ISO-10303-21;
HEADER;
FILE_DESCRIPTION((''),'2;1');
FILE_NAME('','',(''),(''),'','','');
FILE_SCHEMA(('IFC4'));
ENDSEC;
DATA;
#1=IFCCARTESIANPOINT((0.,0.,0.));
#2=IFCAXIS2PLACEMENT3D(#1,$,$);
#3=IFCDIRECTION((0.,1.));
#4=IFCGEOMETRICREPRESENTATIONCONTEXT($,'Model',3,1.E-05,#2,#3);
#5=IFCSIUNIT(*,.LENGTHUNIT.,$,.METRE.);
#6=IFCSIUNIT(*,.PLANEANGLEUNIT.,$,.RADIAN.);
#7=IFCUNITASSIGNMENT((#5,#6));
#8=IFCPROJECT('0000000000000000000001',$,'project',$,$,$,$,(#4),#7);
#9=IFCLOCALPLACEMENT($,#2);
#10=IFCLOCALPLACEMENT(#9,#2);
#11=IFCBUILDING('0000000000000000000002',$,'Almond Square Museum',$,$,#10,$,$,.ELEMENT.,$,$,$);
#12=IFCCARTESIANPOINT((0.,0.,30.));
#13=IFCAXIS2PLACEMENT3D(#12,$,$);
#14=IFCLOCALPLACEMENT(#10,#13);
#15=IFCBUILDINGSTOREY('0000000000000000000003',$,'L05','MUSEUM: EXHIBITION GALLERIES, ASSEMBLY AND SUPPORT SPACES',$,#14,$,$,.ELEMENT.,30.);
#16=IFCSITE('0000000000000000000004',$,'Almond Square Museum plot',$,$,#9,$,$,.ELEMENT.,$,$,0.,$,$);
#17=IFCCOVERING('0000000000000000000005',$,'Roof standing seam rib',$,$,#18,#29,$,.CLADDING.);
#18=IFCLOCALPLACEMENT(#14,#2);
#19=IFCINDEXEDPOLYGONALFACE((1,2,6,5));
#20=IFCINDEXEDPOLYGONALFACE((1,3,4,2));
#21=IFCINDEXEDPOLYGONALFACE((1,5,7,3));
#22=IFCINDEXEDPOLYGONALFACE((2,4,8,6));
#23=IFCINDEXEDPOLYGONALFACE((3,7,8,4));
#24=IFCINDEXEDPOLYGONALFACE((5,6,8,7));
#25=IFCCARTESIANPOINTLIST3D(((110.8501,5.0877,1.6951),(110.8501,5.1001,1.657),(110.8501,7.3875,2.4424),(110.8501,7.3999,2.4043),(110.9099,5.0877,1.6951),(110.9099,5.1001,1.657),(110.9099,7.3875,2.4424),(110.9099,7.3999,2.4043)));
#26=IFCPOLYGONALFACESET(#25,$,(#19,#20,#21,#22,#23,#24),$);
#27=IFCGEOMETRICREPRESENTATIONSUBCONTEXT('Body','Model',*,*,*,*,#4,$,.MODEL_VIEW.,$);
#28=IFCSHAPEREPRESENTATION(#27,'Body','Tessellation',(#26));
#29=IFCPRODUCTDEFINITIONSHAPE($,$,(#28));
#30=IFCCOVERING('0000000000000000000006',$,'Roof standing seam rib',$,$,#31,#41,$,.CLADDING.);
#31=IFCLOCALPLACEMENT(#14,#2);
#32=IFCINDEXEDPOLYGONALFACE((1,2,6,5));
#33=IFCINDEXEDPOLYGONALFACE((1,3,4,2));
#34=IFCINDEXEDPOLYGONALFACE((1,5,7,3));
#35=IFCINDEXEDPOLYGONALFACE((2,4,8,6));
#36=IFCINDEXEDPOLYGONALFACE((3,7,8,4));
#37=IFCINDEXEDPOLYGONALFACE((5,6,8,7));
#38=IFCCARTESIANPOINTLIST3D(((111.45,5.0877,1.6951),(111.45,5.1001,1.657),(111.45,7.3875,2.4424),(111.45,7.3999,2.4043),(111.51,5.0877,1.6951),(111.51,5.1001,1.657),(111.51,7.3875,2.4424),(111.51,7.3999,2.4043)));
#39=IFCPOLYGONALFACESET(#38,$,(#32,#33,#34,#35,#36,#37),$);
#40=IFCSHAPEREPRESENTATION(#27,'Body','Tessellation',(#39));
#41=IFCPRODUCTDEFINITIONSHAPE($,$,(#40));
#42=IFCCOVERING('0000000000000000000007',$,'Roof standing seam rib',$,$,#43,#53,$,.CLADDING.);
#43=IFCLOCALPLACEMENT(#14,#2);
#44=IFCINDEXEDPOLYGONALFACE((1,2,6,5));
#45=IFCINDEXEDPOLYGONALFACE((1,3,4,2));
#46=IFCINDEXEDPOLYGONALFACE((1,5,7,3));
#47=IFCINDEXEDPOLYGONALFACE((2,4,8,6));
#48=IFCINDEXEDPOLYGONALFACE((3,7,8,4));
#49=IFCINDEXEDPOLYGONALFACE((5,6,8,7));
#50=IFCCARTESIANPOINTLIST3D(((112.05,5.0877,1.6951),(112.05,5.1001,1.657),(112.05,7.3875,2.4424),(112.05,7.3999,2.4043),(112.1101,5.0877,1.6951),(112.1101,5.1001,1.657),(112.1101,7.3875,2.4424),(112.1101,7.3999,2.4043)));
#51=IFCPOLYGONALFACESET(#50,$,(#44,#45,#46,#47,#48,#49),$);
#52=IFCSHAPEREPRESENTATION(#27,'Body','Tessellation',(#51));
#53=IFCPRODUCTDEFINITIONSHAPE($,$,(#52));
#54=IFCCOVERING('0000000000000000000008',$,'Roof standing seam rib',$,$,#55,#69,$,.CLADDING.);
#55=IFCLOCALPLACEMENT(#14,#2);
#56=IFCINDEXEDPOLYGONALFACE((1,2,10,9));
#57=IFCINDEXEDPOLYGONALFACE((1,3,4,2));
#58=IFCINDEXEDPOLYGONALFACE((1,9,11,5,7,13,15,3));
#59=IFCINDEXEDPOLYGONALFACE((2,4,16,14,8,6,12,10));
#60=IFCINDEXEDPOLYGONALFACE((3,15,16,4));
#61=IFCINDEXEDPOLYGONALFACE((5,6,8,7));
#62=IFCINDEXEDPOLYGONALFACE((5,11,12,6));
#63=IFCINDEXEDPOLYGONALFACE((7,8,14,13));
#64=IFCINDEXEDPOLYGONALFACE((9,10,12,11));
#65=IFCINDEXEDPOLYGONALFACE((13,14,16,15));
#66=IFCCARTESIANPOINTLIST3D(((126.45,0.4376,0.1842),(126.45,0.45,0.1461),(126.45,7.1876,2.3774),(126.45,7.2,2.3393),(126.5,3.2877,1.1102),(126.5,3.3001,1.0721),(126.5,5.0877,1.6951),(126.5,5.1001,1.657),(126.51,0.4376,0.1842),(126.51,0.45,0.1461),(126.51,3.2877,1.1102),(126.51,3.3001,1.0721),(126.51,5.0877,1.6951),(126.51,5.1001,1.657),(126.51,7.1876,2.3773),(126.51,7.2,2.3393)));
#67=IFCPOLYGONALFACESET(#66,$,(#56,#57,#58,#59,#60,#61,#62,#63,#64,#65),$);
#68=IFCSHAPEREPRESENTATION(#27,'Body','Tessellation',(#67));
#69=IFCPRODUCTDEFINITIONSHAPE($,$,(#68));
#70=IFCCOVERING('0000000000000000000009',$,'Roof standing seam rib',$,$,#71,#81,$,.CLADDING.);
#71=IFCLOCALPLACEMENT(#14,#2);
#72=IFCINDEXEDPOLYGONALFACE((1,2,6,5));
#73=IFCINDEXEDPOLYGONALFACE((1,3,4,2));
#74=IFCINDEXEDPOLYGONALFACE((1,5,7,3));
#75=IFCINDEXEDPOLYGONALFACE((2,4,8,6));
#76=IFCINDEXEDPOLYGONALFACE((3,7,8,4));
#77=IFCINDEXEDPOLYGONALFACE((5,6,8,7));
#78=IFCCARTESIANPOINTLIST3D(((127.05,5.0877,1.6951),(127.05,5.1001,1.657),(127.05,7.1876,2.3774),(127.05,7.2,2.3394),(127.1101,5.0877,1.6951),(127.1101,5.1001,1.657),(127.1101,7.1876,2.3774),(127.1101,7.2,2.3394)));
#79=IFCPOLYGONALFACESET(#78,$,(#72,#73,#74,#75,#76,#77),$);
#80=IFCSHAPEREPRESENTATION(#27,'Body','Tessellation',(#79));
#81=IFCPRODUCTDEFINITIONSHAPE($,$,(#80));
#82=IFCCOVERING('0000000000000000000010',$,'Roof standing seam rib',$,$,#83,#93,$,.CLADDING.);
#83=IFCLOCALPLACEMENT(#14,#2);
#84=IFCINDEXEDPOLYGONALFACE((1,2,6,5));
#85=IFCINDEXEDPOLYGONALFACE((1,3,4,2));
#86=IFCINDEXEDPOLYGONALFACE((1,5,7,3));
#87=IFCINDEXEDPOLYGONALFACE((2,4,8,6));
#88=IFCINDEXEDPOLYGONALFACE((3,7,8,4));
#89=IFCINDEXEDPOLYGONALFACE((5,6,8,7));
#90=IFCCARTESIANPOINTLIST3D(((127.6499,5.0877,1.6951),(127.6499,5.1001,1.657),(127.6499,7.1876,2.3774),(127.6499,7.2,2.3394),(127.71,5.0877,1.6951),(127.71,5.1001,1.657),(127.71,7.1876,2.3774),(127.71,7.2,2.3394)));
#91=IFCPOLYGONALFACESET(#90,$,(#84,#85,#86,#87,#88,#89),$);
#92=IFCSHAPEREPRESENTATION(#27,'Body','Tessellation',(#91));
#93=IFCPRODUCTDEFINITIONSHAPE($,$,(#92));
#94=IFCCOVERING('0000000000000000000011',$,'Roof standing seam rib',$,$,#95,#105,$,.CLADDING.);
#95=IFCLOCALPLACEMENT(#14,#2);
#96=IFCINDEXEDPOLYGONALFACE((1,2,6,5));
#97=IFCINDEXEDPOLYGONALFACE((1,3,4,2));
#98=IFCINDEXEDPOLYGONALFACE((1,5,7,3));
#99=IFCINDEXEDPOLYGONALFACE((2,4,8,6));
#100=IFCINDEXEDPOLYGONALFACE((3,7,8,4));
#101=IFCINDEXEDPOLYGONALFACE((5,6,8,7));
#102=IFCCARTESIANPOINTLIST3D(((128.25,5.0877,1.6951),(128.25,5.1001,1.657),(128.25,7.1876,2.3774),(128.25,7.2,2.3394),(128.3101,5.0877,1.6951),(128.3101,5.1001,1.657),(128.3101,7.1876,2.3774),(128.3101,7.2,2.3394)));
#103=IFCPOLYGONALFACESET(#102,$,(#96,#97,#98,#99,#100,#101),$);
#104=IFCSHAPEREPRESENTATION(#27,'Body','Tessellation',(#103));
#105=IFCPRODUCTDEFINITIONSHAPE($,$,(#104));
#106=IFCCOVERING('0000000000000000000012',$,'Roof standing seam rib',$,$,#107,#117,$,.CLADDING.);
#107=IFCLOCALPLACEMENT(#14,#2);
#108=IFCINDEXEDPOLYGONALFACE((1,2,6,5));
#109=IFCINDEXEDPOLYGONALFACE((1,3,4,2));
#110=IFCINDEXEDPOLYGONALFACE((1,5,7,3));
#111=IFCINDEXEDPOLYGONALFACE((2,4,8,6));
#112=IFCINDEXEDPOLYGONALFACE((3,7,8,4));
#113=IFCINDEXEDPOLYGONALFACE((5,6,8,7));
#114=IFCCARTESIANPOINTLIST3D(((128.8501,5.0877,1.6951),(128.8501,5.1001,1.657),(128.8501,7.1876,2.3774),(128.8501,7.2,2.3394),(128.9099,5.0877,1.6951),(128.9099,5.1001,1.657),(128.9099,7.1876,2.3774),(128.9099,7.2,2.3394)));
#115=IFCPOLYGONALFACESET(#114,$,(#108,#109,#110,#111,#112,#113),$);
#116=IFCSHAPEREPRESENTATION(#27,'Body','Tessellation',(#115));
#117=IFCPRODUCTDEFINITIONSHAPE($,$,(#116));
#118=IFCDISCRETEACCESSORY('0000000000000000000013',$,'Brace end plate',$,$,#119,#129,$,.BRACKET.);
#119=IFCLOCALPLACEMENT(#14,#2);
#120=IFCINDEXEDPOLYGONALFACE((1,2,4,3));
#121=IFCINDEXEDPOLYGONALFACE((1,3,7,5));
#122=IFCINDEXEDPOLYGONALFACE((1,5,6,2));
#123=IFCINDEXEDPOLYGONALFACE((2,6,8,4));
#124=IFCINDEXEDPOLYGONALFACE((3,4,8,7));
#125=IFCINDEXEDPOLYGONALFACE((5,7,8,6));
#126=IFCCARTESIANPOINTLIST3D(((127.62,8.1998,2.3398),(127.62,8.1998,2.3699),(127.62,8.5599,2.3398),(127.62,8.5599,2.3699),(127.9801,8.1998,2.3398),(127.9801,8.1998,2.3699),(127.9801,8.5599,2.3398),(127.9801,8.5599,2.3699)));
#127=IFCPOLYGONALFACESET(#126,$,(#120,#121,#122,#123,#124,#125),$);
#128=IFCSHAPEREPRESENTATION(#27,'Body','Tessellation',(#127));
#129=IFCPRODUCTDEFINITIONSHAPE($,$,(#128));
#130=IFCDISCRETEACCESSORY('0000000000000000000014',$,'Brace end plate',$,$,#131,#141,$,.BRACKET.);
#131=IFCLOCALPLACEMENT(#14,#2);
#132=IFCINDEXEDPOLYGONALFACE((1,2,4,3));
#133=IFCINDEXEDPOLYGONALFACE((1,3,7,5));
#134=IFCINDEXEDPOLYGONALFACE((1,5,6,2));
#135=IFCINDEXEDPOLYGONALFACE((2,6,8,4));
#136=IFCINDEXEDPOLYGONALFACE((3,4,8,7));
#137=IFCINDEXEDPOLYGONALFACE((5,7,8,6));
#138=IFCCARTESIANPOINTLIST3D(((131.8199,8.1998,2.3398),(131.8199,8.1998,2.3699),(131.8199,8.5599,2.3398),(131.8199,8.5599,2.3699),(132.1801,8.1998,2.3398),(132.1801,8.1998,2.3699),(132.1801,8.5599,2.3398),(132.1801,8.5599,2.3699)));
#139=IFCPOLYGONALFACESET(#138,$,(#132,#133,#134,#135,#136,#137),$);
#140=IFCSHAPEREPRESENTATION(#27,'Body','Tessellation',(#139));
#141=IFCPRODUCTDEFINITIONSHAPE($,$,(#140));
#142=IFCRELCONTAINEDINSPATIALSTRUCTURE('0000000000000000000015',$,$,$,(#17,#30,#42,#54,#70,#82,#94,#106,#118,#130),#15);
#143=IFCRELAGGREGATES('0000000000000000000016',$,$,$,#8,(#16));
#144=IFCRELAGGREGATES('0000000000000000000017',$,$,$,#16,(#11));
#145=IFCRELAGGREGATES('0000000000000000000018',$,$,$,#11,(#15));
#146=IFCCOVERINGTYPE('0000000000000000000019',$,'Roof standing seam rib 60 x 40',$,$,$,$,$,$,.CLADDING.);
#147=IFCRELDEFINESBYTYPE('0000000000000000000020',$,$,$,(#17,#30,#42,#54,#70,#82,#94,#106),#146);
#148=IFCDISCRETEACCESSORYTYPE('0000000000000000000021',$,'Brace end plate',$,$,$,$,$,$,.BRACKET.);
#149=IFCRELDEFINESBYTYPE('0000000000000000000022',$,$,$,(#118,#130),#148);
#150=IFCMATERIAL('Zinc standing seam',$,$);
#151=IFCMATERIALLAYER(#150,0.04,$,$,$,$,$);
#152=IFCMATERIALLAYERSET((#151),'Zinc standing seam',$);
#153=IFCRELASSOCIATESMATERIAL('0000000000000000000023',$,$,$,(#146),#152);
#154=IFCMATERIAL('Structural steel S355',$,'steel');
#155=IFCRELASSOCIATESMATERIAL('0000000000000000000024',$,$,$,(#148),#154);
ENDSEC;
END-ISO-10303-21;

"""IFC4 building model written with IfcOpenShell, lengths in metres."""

from ifc_helpers import new_model, si_unit, direction, frame, origin, origin_2d, place, context, subcontext, project, spatial, polyline, rectangle, outline, extrude, material, layer, layer_set, type_object, element, save


model = new_model("IFC4")

# Units and contexts
model_context = context("Model", 3, precision=1e-05, world=origin(), true_north=direction((0.0, 1.0)))
body_context = subcontext(model_context, "Body", "Model", "MODEL_VIEW")
ifc_project = project(units=[si_unit("LENGTHUNIT", "METRE"), si_unit("PLANEANGLEUNIT", "RADIAN")], contexts=[model_context])

# Site, building, storey
site_placement = place(None, origin())
site = spatial("IfcSite", under=ifc_project, at=site_placement, Name="Almond Square Museum plot", CompositionType="ELEMENT", RefElevation=0.0)
building_placement = place(site_placement, origin())
building = spatial("IfcBuilding", under=site, at=building_placement, Name="Almond Square Museum", CompositionType="ELEMENT")
storey_placement = place(building_placement, frame((0.0, 0.0, 30.0)))
storey = spatial("IfcBuildingStorey", under=building, at=storey_placement, Name="L05", Description="MUSEUM: EXHIBITION GALLERIES, ASSEMBLY AND SUPPORT SPACES", CompositionType="ELEMENT", Elevation=30.0)

# Coverings
ifc_material_1 = material(Name="Zinc standing seam")
ifc_layer_1 = layer(ifc_material_1, 0.04)
ifc_layer_set_1 = layer_set([ifc_layer_1], Name="Zinc standing seam")
covering_type_1 = type_object("IfcCoveringType", Name="Roof standing seam rib 60 x 40", PredefinedType="CLADDING", material=ifc_layer_set_1)
covering_1_placement = place(storey_placement, frame((110.8501, 5.1001, 1.657), z_axis=(0.0, -0.30904, 0.951049), x_axis=(1.0, 0.0, 0.0)))
element("IfcCovering", 1, at=covering_1_placement, inside=storey, type_object=covering_type_1, Name="Roof standing seam rib", PredefinedType="CLADDING", context=body_context, shape_type="SweptSolid", body=[
    extrude(outline(polyline([(0.0, 0.0), (0.0598, 0.0), (0.0598, 2.4182), (0.0, 2.4182), (0.0, 0.0)])), origin(), (0.0, 0.0, 1.0), 0.04),
])
for number, where, z_axis, x_axis, name in (
    (2, (111.45, 5.1001, 1.657), (0.0, -0.30904, 0.951049), (1.0, 0.0, 0.0), "Roof standing seam rib"),
    (3, (112.05, 5.1001, 1.657), (0.0, -0.30904, 0.951049), (1.0, 0.0, 0.0), "Roof standing seam rib"),
):
    element("IfcCovering", number, at=place(storey_placement, frame(where, z_axis=z_axis, x_axis=x_axis)), inside=storey, type_object=covering_type_1, Name=name, PredefinedType="CLADDING", context=body_context, shape_type="SweptSolid", body=[
        extrude(outline(polyline([(0.0, 0.0), (0.0601, 0.0), (0.0601, 2.4182), (0.0, 2.4182), (0.0, 0.0)])), origin(), (0.0, 0.0, 1.0), 0.04),
    ])
covering_2_placement = place(storey_placement, frame((126.5, 5.1001, 1.657), z_axis=(0.000499, -0.309008, 0.951059), x_axis=(1.0, 0.000154, -0.000474)))
element("IfcCovering", 4, at=covering_2_placement, inside=storey, type_object=covering_type_1, Name="Roof standing seam rib", PredefinedType="CLADDING", context=body_context, shape_type="SweptSolid", body=[
    extrude(outline(polyline([(0.0, 0.0), (0.01, 0.0), (0.01, 2.2079), (-0.05, 2.2079), (-0.05, -4.8894), (0.01, -4.8894), (0.01, -1.8926), (0.0, -1.8926), (0.0, 0.0)])), origin(), (0.0, 0.0, 1.0), 0.04),
])
for number, where, z_axis, x_axis, name in (
    (5, (127.05, 5.1001, 1.657), (0.0, -0.309054, 0.951045), (1.0, 0.0, 0.0), "Roof standing seam rib"),
    (6, (127.6499, 5.1001, 1.657), (0.0, -0.309054, 0.951045), (1.0, 0.0, 0.0), "Roof standing seam rib"),
    (7, (128.25, 5.1001, 1.657), (0.0, -0.309054, 0.951045), (1.0, 0.0, 0.0), "Roof standing seam rib"),
):
    element("IfcCovering", number, at=place(storey_placement, frame(where, z_axis=z_axis, x_axis=x_axis)), inside=storey, type_object=covering_type_1, Name=name, PredefinedType="CLADDING", context=body_context, shape_type="SweptSolid", body=[
        extrude(outline(polyline([(0.0, 0.0), (0.0601, 0.0), (0.0601, 2.2079), (0.0, 2.2079), (0.0, 0.0)])), origin(), (0.0, 0.0, 1.0), 0.04),
    ])
covering_3_placement = place(storey_placement, frame((128.8501, 5.1001, 1.657), z_axis=(0.0, -0.309054, 0.951045), x_axis=(1.0, 0.0, 0.0)))
element("IfcCovering", 8, at=covering_3_placement, inside=storey, type_object=covering_type_1, Name="Roof standing seam rib", PredefinedType="CLADDING", context=body_context, shape_type="SweptSolid", body=[
    extrude(outline(polyline([(0.0, 0.0), (0.0598, 0.0), (0.0598, 2.2079), (0.0, 2.2079), (0.0, 0.0)])), origin(), (0.0, 0.0, 1.0), 0.04),
])

# Discrete accessories
ifc_material_2 = material(Name="Structural steel S355", Category="steel")
discrete_accessory_type = type_object("IfcDiscreteAccessoryType", Name="Brace end plate", PredefinedType="BRACKET", material=ifc_material_2)
for number, where, z_axis, x_axis, name in (
    (9, (127.8, 8.3799, 2.3398), (0.0, 0.0, 1.0), (1.0, 0.0, 0.0), "Brace end plate"),
    (10, (132.0, 8.3799, 2.3398), (0.0, 0.0, 1.0), (1.0, 0.0, 0.0), "Brace end plate"),
):
    element("IfcDiscreteAccessory", number, at=place(storey_placement, frame(where, z_axis=z_axis, x_axis=x_axis)), inside=storey, type_object=discrete_accessory_type, Name=name, PredefinedType="BRACKET", context=body_context, shape_type="SweptSolid", body=[
        extrude(rectangle(XDim=0.3601, YDim=0.3601, at=origin_2d()), origin(), (0.0, 0.0, 1.0), 0.03),
    ])

save(model, "model.ifc")
